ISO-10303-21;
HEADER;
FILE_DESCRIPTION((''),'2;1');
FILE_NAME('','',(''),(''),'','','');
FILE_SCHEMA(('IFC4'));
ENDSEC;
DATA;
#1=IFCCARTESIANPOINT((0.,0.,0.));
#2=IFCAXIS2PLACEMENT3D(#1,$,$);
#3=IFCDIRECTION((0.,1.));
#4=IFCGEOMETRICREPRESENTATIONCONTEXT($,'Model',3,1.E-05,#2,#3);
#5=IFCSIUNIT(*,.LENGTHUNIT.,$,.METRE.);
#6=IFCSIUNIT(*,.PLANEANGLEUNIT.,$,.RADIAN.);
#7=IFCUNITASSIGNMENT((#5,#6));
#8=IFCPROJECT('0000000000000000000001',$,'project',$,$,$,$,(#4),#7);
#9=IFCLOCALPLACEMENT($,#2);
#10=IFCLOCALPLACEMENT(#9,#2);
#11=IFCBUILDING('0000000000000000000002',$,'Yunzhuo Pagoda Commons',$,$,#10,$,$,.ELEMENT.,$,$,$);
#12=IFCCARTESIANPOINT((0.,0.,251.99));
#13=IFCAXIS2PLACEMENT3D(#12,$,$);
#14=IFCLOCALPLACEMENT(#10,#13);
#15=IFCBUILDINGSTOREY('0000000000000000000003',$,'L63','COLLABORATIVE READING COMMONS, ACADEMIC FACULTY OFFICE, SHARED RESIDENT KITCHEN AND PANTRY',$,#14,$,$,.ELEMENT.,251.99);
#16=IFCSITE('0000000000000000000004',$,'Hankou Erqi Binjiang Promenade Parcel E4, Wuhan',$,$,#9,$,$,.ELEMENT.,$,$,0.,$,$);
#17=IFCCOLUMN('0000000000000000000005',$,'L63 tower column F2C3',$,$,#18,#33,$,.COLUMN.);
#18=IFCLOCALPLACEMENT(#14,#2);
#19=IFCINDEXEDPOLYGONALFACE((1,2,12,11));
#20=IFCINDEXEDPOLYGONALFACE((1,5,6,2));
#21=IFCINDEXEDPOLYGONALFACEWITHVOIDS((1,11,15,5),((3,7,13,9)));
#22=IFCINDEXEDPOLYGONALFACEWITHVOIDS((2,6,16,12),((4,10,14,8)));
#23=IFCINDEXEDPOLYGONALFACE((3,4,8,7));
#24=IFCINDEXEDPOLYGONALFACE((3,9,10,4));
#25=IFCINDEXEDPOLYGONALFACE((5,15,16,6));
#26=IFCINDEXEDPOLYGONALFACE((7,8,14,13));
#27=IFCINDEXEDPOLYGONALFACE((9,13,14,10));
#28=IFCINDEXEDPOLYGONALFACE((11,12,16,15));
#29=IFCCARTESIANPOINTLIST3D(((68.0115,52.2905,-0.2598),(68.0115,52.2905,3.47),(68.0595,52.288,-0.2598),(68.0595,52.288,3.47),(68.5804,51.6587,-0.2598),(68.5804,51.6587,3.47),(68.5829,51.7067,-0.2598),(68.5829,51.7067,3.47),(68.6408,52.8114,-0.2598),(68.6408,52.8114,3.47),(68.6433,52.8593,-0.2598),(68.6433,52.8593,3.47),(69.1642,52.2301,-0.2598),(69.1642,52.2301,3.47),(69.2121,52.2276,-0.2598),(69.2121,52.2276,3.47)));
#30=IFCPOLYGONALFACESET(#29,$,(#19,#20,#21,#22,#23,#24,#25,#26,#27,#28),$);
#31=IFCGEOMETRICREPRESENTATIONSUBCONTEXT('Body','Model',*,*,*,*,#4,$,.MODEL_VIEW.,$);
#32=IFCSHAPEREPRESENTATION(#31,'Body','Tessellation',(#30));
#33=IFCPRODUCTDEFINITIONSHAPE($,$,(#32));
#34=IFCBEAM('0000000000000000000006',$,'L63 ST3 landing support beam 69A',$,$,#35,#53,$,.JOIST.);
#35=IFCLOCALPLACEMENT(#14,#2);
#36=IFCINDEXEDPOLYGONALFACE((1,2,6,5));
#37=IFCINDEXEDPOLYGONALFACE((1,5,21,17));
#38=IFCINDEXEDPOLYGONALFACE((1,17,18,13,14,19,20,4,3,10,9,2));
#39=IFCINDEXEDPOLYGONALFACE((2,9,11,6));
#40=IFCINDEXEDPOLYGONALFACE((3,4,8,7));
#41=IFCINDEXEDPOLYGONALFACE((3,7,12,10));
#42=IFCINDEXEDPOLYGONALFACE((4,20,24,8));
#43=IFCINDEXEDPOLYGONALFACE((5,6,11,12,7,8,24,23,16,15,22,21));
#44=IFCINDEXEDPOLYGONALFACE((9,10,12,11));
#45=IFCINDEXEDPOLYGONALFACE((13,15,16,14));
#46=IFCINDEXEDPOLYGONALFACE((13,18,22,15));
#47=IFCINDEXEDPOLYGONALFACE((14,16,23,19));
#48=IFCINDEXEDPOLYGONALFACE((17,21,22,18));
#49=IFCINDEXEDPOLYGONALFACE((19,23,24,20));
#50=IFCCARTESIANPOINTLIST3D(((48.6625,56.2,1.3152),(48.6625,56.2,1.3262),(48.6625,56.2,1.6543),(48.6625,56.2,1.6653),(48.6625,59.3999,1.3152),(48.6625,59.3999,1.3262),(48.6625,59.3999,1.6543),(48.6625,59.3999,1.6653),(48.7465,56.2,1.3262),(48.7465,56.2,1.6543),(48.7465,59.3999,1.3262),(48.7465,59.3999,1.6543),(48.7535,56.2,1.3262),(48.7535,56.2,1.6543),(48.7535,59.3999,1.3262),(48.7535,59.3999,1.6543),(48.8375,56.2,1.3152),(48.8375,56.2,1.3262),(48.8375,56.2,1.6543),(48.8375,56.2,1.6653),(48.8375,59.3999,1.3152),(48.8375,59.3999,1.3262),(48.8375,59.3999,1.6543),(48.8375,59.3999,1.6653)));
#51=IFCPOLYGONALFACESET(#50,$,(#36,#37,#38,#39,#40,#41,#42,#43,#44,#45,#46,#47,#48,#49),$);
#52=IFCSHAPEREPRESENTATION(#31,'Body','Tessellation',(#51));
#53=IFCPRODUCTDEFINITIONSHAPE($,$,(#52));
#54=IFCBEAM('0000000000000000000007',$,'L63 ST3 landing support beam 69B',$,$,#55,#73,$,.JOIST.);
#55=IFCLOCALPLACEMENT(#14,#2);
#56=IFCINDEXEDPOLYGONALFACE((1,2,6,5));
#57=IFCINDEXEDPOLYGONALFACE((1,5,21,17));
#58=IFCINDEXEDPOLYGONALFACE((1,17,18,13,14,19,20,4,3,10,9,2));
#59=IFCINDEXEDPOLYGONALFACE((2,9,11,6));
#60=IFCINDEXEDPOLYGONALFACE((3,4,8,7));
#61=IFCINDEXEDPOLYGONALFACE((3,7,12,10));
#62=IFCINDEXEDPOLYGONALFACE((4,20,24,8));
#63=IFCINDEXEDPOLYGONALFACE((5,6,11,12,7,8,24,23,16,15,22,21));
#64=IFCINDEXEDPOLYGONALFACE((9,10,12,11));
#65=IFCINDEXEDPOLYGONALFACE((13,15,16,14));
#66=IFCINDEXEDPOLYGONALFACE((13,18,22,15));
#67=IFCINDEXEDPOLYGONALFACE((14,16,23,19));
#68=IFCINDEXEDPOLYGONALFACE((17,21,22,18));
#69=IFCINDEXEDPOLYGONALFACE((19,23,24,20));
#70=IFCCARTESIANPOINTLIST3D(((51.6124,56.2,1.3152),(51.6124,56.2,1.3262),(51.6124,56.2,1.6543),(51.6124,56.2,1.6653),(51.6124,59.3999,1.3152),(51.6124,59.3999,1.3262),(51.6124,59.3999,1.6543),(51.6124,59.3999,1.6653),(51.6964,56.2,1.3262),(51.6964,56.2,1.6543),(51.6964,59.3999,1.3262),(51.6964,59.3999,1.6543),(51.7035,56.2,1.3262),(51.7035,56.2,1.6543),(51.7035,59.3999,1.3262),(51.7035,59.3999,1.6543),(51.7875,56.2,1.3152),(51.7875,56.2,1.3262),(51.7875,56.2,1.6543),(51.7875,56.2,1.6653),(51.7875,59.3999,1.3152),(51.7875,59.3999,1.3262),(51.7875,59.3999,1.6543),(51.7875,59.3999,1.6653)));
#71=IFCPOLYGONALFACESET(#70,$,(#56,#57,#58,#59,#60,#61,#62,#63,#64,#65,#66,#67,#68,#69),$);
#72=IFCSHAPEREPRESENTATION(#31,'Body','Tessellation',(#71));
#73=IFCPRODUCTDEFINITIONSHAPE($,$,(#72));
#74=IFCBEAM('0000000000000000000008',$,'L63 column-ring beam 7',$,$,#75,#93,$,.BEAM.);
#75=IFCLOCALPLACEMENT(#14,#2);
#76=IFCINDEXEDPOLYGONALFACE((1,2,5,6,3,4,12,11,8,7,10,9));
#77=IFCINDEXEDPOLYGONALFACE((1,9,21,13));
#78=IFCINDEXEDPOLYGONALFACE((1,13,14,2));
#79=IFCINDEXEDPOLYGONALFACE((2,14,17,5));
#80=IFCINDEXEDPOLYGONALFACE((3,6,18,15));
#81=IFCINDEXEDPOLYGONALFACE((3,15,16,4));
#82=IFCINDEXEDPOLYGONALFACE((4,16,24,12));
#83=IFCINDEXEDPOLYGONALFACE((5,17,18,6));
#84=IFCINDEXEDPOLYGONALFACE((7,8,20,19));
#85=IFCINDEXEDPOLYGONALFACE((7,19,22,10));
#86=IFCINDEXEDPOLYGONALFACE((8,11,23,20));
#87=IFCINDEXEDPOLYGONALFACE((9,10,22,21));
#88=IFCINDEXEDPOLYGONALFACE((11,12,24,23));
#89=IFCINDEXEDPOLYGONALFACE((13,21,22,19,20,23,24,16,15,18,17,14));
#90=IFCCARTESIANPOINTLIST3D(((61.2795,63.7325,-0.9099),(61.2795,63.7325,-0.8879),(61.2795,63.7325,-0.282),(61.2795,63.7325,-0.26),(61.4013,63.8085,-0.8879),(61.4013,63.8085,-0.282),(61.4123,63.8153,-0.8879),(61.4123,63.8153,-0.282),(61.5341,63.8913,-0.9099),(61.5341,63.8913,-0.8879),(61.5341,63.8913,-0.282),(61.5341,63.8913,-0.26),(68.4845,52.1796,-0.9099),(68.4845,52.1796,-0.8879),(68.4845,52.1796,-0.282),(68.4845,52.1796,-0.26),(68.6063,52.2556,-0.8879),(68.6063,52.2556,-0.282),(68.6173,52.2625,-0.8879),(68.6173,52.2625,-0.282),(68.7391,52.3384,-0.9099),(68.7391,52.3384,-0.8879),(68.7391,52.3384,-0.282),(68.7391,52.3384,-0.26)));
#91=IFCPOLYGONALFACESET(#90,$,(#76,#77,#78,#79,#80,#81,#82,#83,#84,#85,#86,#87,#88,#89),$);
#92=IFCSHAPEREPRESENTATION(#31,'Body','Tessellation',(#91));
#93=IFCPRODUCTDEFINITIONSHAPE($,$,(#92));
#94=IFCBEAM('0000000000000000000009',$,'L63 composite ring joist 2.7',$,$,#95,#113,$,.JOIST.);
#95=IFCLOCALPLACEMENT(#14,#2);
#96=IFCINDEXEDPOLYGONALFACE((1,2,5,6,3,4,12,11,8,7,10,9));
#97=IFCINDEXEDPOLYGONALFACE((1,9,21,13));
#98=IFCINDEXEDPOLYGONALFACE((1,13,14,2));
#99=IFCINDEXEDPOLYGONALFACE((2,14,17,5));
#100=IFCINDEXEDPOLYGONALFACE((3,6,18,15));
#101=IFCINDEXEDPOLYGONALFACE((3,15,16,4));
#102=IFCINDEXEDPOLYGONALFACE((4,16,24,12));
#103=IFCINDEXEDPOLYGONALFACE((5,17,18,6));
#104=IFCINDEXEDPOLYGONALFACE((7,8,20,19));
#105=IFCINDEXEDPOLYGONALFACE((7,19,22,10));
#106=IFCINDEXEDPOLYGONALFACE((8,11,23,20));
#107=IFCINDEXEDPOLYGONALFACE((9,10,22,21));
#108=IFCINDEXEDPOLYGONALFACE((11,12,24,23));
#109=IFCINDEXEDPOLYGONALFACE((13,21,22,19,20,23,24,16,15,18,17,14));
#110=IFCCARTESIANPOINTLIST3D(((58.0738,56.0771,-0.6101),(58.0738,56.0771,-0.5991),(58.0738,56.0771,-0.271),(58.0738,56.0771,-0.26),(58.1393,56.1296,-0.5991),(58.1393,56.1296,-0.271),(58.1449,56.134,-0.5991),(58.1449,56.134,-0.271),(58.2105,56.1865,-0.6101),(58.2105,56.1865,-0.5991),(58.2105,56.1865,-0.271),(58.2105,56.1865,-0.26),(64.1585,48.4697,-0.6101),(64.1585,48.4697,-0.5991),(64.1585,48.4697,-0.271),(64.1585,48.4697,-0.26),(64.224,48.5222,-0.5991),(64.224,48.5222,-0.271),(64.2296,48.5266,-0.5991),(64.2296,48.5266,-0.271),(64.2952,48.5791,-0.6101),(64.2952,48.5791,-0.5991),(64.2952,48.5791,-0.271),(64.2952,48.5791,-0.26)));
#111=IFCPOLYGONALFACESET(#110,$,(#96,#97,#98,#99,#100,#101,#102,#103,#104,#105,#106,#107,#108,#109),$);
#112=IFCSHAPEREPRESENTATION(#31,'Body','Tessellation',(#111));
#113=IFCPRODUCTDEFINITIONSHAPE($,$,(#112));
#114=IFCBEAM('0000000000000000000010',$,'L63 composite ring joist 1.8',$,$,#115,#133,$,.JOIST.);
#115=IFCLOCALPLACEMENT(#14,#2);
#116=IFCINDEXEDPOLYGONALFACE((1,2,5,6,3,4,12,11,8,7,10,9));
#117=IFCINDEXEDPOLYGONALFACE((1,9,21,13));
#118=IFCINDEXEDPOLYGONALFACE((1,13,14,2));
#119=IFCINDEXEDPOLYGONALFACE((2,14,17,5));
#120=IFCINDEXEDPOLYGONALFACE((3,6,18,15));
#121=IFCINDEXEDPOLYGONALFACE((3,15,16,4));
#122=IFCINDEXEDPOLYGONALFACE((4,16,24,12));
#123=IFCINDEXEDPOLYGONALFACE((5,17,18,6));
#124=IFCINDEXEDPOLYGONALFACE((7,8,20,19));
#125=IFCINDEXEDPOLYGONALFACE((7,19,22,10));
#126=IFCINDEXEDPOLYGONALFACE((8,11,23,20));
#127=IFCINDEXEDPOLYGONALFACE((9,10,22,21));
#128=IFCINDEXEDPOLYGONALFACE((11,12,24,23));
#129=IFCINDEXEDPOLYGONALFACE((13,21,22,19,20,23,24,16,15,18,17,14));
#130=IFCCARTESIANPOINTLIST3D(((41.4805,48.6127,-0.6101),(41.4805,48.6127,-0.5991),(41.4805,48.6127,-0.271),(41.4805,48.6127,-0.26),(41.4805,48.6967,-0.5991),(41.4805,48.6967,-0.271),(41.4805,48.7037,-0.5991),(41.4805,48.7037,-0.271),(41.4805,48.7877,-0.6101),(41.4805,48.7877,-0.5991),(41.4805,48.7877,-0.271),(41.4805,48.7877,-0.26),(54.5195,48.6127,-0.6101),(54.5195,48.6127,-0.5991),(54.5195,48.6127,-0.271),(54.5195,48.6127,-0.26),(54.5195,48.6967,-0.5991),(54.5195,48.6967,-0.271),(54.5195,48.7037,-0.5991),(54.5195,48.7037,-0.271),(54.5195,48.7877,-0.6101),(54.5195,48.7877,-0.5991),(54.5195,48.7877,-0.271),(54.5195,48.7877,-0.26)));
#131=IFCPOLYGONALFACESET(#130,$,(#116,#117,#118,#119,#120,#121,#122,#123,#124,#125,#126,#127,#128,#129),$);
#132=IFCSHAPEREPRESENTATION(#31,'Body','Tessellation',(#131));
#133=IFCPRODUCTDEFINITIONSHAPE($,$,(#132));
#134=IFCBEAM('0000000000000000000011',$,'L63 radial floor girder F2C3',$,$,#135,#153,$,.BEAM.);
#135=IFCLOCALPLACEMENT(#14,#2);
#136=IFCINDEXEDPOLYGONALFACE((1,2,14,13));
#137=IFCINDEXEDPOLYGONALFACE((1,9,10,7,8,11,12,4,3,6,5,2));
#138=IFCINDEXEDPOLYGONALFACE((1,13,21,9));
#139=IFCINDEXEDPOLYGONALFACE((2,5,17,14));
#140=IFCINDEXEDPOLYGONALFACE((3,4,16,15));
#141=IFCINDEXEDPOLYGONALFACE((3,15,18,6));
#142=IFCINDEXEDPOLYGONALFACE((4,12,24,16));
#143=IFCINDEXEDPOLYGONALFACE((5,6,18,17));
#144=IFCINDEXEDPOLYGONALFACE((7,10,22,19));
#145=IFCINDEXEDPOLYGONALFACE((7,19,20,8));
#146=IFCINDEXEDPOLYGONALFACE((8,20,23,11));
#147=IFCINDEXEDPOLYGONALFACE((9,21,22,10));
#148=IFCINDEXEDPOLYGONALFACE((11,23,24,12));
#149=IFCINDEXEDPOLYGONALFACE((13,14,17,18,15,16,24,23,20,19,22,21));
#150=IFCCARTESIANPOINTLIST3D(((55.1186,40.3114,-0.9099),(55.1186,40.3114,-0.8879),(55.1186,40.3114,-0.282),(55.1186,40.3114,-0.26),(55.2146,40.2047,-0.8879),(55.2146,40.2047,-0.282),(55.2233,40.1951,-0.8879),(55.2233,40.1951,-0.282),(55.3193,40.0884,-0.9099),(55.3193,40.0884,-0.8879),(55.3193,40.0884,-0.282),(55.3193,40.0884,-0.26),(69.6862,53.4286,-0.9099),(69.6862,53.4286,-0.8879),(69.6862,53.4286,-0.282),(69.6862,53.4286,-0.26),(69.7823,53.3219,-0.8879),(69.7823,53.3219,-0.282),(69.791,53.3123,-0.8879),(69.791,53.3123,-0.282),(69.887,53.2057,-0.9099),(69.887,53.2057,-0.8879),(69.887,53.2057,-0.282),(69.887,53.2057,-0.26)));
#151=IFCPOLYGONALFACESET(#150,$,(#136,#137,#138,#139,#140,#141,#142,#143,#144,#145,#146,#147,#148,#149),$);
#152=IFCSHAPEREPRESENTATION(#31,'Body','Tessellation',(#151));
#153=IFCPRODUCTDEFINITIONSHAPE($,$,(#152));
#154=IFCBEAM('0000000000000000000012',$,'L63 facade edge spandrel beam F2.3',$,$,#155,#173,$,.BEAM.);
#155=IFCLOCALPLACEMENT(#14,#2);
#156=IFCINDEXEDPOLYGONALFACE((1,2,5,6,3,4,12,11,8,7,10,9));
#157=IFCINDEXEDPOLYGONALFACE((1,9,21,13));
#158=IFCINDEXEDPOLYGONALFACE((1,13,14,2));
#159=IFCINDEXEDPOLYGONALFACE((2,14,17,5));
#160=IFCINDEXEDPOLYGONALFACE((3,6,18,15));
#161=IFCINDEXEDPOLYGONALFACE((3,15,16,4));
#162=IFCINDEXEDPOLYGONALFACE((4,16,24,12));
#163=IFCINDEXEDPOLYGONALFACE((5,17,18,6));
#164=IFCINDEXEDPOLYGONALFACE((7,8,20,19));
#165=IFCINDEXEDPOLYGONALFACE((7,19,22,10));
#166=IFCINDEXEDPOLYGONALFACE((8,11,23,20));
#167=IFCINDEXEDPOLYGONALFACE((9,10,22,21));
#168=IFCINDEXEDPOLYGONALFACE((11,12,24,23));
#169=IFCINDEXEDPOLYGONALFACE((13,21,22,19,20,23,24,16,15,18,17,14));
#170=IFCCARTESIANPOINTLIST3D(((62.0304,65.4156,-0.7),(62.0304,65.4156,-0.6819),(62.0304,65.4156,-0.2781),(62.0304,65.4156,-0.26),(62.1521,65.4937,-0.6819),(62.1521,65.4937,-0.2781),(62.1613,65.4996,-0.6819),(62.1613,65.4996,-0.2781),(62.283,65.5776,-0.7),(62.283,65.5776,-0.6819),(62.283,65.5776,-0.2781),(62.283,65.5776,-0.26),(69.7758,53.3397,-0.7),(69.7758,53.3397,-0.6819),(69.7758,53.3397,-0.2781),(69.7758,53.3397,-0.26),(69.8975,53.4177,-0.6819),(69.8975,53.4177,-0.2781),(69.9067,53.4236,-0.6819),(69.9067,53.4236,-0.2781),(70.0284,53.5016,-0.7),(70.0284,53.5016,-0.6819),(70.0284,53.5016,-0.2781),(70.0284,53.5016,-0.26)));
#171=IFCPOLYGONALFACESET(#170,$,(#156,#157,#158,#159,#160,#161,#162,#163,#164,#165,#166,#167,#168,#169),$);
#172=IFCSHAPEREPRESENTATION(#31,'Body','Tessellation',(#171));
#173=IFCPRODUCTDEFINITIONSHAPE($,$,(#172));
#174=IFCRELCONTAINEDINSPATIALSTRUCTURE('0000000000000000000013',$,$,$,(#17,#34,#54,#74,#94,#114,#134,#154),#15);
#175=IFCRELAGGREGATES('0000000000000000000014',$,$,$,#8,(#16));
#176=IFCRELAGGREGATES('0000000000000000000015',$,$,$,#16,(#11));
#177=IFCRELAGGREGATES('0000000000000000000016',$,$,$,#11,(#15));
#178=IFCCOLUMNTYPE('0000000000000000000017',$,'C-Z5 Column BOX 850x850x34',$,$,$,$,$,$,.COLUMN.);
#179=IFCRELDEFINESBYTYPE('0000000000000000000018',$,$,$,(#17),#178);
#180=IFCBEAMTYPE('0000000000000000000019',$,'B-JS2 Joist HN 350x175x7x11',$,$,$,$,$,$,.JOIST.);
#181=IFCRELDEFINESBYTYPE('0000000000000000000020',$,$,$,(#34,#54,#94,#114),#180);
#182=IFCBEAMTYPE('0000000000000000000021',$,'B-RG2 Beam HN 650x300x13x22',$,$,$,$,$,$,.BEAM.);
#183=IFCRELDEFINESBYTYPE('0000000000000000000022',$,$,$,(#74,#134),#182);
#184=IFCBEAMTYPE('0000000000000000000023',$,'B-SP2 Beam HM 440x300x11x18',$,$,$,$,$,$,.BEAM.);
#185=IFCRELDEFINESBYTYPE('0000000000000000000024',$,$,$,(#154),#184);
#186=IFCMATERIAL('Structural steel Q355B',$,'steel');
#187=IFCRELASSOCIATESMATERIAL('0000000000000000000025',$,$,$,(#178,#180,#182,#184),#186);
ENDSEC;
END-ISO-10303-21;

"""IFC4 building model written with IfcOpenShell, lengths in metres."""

from ifc_helpers import new_model, si_unit, direction, frame, origin, origin_2d, place, context, subcontext, project, spatial, hollow_rectangle, i_section, extrude, source, transform, mapped, material, material_profile, profile_set, type_object, element, save


model = new_model("IFC4")

# Units and contexts
model_context = context("Model", 3, precision=1e-05, world=origin(), true_north=direction((0.0, 1.0)))
body_context = subcontext(model_context, "Body", "Model", "MODEL_VIEW")
ifc_project = project(units=[si_unit("LENGTHUNIT", "METRE"), si_unit("PLANEANGLEUNIT", "RADIAN")], contexts=[model_context])

# Site, building, storey
site_placement = place(None, origin())
site = spatial("IfcSite", under=ifc_project, at=site_placement, Name="Hankou Erqi Binjiang Promenade Parcel E4, Wuhan", CompositionType="ELEMENT", RefElevation=0.0)
building_placement = place(site_placement, origin())
building = spatial("IfcBuilding", under=site, at=building_placement, Name="Yunzhuo Pagoda Commons", CompositionType="ELEMENT")
storey_placement = place(building_placement, frame((0.0, 0.0, 251.99)))
storey = spatial("IfcBuildingStorey", under=building, at=storey_placement, Name="L63", Description="COLLABORATIVE READING COMMONS, ACADEMIC FACULTY OFFICE, SHARED RESIDENT KITCHEN AND PANTRY", CompositionType="ELEMENT", Elevation=251.99)

# Column
ifc_material_1 = material(Name="Structural steel Q355B", Category="steel")
ifc_material_profile_1 = material_profile(ifc_material_1, hollow_rectangle(XDim=0.8501, YDim=0.8501, WallThickness=0.0339, at=origin_2d()), Name="Structural steel Q355B")
ifc_profile_set_1 = profile_set([ifc_material_profile_1], Name="Structural steel Q355B")
column_type = type_object("IfcColumnType", Name="C-Z5 Column BOX 850x850x34", PredefinedType="COLUMN", material=ifc_profile_set_1)
shared_shape_1 = source(origin(), body_context, "Body", "SweptSolid", [
    extrude(hollow_rectangle(XDim=0.8501, YDim=0.8501, WallThickness=0.0339, at=origin_2d()), origin(), (0.0, 0.0, 1.0), 3.7297),
])
column_placement = place(storey_placement, frame((68.6118, 52.259, -0.2598), z_axis=(0.0, 0.0, 1.0), x_axis=(-0.669131, 0.743145, 0.0)))
element("IfcColumn", 1, at=column_placement, inside=storey, type_object=column_type, Name="L63 tower column F2C3", PredefinedType="COLUMN", context=body_context, shape_type="MappedRepresentation", body=[
    mapped(shared_shape_1, transform((0.0, 0.0, 0.0), scale=1.0)),
])

# Beams
ifc_material_profile_2 = material_profile(ifc_material_1, i_section(OverallWidth=0.175, OverallDepth=0.3501, WebThickness=0.0071, FlangeThickness=0.011, at=origin_2d()), Name="Structural steel Q355B")
ifc_profile_set_2 = profile_set([ifc_material_profile_2], Name="Structural steel Q355B")
beam_type_1 = type_object("IfcBeamType", Name="B-JS2 Joist HN 350x175x7x11", PredefinedType="JOIST", material=ifc_profile_set_2)
shared_shape_2 = source(origin(), body_context, "Body", "SweptSolid", [
    extrude(i_section(OverallWidth=0.175, OverallDepth=0.3501, WebThickness=0.0071, FlangeThickness=0.011, at=origin_2d()), origin(), (0.0, 0.0, 1.0), 3.2),
])
for number, where, z_axis, x_axis, name in (
    (2, (48.75, 56.2, 1.4902), (0.0, 1.0, 0.0), (-1.0, 0.0, 0.0), "L63 ST3 landing support beam 69A"),
    (3, (51.7, 56.2, 1.4902), (0.0, 1.0, 0.0), (-1.0, 0.0, 0.0), "L63 ST3 landing support beam 69B"),
):
    element("IfcBeam", number, at=place(storey_placement, frame(where, z_axis=z_axis, x_axis=x_axis)), inside=storey, type_object=beam_type_1, Name=name, PredefinedType="JOIST", context=body_context, shape_type="MappedRepresentation", body=[
        mapped(shared_shape_2, transform((0.0, 0.0, 0.0), scale=1.0)),
    ])
ifc_material_profile_3 = material_profile(ifc_material_1, i_section(OverallWidth=0.3, OverallDepth=0.6499, WebThickness=0.0129, FlangeThickness=0.022, at=origin_2d()), Name="Structural steel Q355B")
ifc_profile_set_3 = profile_set([ifc_material_profile_3], Name="Structural steel Q355B")
beam_type_2 = type_object("IfcBeamType", Name="B-RG2 Beam HN 650x300x13x22", PredefinedType="BEAM", material=ifc_profile_set_3)
shared_shape_3 = source(origin(), body_context, "Body", "SweptSolid", [
    extrude(i_section(OverallWidth=0.3, OverallDepth=0.6499, WebThickness=0.0129, FlangeThickness=0.022, at=origin_2d()), origin(), (0.0, 0.0, 1.0), 13.6155),
])
beam_1_placement = place(storey_placement, frame((68.6118, 52.259, -0.585), z_axis=(-0.529178, 0.848511, 0.0), x_axis=(-0.848511, -0.529178, 0.0)))
element("IfcBeam", 4, at=beam_1_placement, inside=storey, type_object=beam_type_2, Name="L63 column-ring beam 7", PredefinedType="BEAM", context=body_context, shape_type="MappedRepresentation", body=[
    mapped(shared_shape_3, transform((0.0, 0.0, 0.0), scale=1.0)),
])
shared_shape_4 = source(origin(), body_context, "Body", "SweptSolid", [
    extrude(i_section(OverallWidth=0.175, OverallDepth=0.3501, WebThickness=0.0071, FlangeThickness=0.011, at=origin_2d()), origin(), (0.0, 0.0, 1.0), 9.7415),
])
beam_2_placement = place(storey_placement, frame((64.2268, 48.5244, -0.4351), z_axis=(-0.624619, 0.78093, 0.0), x_axis=(-0.78093, -0.624619, 0.0)))
element("IfcBeam", 5, at=beam_2_placement, inside=storey, type_object=beam_type_1, Name="L63 composite ring joist 2.7", PredefinedType="JOIST", context=body_context, shape_type="MappedRepresentation", body=[
    mapped(shared_shape_4, transform((0.0, 0.0, 0.0), scale=1.0)),
])
shared_shape_5 = source(origin(), body_context, "Body", "SweptSolid", [
    extrude(i_section(OverallWidth=0.175, OverallDepth=0.3501, WebThickness=0.0071, FlangeThickness=0.011, at=origin_2d()), origin(), (0.0, 0.0, 1.0), 13.0391),
])
beam_3_placement = place(storey_placement, frame((54.5195, 48.7002, -0.4351), z_axis=(-1.0, 0.0, 0.0), x_axis=(0.0, -1.0, 0.0)))
element("IfcBeam", 6, at=beam_3_placement, inside=storey, type_object=beam_type_1, Name="L63 composite ring joist 1.8", PredefinedType="JOIST", context=body_context, shape_type="MappedRepresentation", body=[
    mapped(shared_shape_5, transform((0.0, 0.0, 0.0), scale=1.0)),
])
shared_shape_6 = source(origin(), body_context, "Body", "SweptSolid", [
    extrude(i_section(OverallWidth=0.3, OverallDepth=0.6499, WebThickness=0.0129, FlangeThickness=0.022, at=origin_2d()), origin(), (0.0, 0.0, 1.0), 19.603),
])
beam_4_placement = place(storey_placement, frame((69.7866, 53.3171, -0.585), z_axis=(-0.743134, -0.669143, 0.0), x_axis=(0.669143, -0.743134, 0.0)))
element("IfcBeam", 7, at=beam_4_placement, inside=storey, type_object=beam_type_2, Name="L63 radial floor girder F2C3", PredefinedType="BEAM", context=body_context, shape_type="MappedRepresentation", body=[
    mapped(shared_shape_6, transform((0.0, 0.0, 0.0), scale=1.0)),
])
ifc_material_profile_4 = material_profile(ifc_material_1, i_section(OverallWidth=0.3, OverallDepth=0.4399, WebThickness=0.011, FlangeThickness=0.0181, at=origin_2d()), Name="Structural steel Q355B")
ifc_profile_set_4 = profile_set([ifc_material_profile_4], Name="Structural steel Q355B")
beam_type_3 = type_object("IfcBeamType", Name="B-SP2 Beam HM 440x300x11x18", PredefinedType="BEAM", material=ifc_profile_set_4)
shared_shape_7 = source(origin(), body_context, "Body", "SweptSolid", [
    extrude(i_section(OverallWidth=0.3, OverallDepth=0.4399, WebThickness=0.011, FlangeThickness=0.0181, at=origin_2d()), origin(), (0.0, 0.0, 1.0), 14.3464),
])
beam_5_placement = place(storey_placement, frame((69.9021, 53.4207, -0.48), z_axis=(-0.539883, 0.84174, 0.0), x_axis=(-0.84174, -0.539883, 0.0)))
element("IfcBeam", 8, at=beam_5_placement, inside=storey, type_object=beam_type_3, Name="L63 facade edge spandrel beam F2.3", PredefinedType="BEAM", context=body_context, shape_type="MappedRepresentation", body=[
    mapped(shared_shape_7, transform((0.0, 0.0, 0.0), scale=1.0)),
])

save(model, "model.ifc")
